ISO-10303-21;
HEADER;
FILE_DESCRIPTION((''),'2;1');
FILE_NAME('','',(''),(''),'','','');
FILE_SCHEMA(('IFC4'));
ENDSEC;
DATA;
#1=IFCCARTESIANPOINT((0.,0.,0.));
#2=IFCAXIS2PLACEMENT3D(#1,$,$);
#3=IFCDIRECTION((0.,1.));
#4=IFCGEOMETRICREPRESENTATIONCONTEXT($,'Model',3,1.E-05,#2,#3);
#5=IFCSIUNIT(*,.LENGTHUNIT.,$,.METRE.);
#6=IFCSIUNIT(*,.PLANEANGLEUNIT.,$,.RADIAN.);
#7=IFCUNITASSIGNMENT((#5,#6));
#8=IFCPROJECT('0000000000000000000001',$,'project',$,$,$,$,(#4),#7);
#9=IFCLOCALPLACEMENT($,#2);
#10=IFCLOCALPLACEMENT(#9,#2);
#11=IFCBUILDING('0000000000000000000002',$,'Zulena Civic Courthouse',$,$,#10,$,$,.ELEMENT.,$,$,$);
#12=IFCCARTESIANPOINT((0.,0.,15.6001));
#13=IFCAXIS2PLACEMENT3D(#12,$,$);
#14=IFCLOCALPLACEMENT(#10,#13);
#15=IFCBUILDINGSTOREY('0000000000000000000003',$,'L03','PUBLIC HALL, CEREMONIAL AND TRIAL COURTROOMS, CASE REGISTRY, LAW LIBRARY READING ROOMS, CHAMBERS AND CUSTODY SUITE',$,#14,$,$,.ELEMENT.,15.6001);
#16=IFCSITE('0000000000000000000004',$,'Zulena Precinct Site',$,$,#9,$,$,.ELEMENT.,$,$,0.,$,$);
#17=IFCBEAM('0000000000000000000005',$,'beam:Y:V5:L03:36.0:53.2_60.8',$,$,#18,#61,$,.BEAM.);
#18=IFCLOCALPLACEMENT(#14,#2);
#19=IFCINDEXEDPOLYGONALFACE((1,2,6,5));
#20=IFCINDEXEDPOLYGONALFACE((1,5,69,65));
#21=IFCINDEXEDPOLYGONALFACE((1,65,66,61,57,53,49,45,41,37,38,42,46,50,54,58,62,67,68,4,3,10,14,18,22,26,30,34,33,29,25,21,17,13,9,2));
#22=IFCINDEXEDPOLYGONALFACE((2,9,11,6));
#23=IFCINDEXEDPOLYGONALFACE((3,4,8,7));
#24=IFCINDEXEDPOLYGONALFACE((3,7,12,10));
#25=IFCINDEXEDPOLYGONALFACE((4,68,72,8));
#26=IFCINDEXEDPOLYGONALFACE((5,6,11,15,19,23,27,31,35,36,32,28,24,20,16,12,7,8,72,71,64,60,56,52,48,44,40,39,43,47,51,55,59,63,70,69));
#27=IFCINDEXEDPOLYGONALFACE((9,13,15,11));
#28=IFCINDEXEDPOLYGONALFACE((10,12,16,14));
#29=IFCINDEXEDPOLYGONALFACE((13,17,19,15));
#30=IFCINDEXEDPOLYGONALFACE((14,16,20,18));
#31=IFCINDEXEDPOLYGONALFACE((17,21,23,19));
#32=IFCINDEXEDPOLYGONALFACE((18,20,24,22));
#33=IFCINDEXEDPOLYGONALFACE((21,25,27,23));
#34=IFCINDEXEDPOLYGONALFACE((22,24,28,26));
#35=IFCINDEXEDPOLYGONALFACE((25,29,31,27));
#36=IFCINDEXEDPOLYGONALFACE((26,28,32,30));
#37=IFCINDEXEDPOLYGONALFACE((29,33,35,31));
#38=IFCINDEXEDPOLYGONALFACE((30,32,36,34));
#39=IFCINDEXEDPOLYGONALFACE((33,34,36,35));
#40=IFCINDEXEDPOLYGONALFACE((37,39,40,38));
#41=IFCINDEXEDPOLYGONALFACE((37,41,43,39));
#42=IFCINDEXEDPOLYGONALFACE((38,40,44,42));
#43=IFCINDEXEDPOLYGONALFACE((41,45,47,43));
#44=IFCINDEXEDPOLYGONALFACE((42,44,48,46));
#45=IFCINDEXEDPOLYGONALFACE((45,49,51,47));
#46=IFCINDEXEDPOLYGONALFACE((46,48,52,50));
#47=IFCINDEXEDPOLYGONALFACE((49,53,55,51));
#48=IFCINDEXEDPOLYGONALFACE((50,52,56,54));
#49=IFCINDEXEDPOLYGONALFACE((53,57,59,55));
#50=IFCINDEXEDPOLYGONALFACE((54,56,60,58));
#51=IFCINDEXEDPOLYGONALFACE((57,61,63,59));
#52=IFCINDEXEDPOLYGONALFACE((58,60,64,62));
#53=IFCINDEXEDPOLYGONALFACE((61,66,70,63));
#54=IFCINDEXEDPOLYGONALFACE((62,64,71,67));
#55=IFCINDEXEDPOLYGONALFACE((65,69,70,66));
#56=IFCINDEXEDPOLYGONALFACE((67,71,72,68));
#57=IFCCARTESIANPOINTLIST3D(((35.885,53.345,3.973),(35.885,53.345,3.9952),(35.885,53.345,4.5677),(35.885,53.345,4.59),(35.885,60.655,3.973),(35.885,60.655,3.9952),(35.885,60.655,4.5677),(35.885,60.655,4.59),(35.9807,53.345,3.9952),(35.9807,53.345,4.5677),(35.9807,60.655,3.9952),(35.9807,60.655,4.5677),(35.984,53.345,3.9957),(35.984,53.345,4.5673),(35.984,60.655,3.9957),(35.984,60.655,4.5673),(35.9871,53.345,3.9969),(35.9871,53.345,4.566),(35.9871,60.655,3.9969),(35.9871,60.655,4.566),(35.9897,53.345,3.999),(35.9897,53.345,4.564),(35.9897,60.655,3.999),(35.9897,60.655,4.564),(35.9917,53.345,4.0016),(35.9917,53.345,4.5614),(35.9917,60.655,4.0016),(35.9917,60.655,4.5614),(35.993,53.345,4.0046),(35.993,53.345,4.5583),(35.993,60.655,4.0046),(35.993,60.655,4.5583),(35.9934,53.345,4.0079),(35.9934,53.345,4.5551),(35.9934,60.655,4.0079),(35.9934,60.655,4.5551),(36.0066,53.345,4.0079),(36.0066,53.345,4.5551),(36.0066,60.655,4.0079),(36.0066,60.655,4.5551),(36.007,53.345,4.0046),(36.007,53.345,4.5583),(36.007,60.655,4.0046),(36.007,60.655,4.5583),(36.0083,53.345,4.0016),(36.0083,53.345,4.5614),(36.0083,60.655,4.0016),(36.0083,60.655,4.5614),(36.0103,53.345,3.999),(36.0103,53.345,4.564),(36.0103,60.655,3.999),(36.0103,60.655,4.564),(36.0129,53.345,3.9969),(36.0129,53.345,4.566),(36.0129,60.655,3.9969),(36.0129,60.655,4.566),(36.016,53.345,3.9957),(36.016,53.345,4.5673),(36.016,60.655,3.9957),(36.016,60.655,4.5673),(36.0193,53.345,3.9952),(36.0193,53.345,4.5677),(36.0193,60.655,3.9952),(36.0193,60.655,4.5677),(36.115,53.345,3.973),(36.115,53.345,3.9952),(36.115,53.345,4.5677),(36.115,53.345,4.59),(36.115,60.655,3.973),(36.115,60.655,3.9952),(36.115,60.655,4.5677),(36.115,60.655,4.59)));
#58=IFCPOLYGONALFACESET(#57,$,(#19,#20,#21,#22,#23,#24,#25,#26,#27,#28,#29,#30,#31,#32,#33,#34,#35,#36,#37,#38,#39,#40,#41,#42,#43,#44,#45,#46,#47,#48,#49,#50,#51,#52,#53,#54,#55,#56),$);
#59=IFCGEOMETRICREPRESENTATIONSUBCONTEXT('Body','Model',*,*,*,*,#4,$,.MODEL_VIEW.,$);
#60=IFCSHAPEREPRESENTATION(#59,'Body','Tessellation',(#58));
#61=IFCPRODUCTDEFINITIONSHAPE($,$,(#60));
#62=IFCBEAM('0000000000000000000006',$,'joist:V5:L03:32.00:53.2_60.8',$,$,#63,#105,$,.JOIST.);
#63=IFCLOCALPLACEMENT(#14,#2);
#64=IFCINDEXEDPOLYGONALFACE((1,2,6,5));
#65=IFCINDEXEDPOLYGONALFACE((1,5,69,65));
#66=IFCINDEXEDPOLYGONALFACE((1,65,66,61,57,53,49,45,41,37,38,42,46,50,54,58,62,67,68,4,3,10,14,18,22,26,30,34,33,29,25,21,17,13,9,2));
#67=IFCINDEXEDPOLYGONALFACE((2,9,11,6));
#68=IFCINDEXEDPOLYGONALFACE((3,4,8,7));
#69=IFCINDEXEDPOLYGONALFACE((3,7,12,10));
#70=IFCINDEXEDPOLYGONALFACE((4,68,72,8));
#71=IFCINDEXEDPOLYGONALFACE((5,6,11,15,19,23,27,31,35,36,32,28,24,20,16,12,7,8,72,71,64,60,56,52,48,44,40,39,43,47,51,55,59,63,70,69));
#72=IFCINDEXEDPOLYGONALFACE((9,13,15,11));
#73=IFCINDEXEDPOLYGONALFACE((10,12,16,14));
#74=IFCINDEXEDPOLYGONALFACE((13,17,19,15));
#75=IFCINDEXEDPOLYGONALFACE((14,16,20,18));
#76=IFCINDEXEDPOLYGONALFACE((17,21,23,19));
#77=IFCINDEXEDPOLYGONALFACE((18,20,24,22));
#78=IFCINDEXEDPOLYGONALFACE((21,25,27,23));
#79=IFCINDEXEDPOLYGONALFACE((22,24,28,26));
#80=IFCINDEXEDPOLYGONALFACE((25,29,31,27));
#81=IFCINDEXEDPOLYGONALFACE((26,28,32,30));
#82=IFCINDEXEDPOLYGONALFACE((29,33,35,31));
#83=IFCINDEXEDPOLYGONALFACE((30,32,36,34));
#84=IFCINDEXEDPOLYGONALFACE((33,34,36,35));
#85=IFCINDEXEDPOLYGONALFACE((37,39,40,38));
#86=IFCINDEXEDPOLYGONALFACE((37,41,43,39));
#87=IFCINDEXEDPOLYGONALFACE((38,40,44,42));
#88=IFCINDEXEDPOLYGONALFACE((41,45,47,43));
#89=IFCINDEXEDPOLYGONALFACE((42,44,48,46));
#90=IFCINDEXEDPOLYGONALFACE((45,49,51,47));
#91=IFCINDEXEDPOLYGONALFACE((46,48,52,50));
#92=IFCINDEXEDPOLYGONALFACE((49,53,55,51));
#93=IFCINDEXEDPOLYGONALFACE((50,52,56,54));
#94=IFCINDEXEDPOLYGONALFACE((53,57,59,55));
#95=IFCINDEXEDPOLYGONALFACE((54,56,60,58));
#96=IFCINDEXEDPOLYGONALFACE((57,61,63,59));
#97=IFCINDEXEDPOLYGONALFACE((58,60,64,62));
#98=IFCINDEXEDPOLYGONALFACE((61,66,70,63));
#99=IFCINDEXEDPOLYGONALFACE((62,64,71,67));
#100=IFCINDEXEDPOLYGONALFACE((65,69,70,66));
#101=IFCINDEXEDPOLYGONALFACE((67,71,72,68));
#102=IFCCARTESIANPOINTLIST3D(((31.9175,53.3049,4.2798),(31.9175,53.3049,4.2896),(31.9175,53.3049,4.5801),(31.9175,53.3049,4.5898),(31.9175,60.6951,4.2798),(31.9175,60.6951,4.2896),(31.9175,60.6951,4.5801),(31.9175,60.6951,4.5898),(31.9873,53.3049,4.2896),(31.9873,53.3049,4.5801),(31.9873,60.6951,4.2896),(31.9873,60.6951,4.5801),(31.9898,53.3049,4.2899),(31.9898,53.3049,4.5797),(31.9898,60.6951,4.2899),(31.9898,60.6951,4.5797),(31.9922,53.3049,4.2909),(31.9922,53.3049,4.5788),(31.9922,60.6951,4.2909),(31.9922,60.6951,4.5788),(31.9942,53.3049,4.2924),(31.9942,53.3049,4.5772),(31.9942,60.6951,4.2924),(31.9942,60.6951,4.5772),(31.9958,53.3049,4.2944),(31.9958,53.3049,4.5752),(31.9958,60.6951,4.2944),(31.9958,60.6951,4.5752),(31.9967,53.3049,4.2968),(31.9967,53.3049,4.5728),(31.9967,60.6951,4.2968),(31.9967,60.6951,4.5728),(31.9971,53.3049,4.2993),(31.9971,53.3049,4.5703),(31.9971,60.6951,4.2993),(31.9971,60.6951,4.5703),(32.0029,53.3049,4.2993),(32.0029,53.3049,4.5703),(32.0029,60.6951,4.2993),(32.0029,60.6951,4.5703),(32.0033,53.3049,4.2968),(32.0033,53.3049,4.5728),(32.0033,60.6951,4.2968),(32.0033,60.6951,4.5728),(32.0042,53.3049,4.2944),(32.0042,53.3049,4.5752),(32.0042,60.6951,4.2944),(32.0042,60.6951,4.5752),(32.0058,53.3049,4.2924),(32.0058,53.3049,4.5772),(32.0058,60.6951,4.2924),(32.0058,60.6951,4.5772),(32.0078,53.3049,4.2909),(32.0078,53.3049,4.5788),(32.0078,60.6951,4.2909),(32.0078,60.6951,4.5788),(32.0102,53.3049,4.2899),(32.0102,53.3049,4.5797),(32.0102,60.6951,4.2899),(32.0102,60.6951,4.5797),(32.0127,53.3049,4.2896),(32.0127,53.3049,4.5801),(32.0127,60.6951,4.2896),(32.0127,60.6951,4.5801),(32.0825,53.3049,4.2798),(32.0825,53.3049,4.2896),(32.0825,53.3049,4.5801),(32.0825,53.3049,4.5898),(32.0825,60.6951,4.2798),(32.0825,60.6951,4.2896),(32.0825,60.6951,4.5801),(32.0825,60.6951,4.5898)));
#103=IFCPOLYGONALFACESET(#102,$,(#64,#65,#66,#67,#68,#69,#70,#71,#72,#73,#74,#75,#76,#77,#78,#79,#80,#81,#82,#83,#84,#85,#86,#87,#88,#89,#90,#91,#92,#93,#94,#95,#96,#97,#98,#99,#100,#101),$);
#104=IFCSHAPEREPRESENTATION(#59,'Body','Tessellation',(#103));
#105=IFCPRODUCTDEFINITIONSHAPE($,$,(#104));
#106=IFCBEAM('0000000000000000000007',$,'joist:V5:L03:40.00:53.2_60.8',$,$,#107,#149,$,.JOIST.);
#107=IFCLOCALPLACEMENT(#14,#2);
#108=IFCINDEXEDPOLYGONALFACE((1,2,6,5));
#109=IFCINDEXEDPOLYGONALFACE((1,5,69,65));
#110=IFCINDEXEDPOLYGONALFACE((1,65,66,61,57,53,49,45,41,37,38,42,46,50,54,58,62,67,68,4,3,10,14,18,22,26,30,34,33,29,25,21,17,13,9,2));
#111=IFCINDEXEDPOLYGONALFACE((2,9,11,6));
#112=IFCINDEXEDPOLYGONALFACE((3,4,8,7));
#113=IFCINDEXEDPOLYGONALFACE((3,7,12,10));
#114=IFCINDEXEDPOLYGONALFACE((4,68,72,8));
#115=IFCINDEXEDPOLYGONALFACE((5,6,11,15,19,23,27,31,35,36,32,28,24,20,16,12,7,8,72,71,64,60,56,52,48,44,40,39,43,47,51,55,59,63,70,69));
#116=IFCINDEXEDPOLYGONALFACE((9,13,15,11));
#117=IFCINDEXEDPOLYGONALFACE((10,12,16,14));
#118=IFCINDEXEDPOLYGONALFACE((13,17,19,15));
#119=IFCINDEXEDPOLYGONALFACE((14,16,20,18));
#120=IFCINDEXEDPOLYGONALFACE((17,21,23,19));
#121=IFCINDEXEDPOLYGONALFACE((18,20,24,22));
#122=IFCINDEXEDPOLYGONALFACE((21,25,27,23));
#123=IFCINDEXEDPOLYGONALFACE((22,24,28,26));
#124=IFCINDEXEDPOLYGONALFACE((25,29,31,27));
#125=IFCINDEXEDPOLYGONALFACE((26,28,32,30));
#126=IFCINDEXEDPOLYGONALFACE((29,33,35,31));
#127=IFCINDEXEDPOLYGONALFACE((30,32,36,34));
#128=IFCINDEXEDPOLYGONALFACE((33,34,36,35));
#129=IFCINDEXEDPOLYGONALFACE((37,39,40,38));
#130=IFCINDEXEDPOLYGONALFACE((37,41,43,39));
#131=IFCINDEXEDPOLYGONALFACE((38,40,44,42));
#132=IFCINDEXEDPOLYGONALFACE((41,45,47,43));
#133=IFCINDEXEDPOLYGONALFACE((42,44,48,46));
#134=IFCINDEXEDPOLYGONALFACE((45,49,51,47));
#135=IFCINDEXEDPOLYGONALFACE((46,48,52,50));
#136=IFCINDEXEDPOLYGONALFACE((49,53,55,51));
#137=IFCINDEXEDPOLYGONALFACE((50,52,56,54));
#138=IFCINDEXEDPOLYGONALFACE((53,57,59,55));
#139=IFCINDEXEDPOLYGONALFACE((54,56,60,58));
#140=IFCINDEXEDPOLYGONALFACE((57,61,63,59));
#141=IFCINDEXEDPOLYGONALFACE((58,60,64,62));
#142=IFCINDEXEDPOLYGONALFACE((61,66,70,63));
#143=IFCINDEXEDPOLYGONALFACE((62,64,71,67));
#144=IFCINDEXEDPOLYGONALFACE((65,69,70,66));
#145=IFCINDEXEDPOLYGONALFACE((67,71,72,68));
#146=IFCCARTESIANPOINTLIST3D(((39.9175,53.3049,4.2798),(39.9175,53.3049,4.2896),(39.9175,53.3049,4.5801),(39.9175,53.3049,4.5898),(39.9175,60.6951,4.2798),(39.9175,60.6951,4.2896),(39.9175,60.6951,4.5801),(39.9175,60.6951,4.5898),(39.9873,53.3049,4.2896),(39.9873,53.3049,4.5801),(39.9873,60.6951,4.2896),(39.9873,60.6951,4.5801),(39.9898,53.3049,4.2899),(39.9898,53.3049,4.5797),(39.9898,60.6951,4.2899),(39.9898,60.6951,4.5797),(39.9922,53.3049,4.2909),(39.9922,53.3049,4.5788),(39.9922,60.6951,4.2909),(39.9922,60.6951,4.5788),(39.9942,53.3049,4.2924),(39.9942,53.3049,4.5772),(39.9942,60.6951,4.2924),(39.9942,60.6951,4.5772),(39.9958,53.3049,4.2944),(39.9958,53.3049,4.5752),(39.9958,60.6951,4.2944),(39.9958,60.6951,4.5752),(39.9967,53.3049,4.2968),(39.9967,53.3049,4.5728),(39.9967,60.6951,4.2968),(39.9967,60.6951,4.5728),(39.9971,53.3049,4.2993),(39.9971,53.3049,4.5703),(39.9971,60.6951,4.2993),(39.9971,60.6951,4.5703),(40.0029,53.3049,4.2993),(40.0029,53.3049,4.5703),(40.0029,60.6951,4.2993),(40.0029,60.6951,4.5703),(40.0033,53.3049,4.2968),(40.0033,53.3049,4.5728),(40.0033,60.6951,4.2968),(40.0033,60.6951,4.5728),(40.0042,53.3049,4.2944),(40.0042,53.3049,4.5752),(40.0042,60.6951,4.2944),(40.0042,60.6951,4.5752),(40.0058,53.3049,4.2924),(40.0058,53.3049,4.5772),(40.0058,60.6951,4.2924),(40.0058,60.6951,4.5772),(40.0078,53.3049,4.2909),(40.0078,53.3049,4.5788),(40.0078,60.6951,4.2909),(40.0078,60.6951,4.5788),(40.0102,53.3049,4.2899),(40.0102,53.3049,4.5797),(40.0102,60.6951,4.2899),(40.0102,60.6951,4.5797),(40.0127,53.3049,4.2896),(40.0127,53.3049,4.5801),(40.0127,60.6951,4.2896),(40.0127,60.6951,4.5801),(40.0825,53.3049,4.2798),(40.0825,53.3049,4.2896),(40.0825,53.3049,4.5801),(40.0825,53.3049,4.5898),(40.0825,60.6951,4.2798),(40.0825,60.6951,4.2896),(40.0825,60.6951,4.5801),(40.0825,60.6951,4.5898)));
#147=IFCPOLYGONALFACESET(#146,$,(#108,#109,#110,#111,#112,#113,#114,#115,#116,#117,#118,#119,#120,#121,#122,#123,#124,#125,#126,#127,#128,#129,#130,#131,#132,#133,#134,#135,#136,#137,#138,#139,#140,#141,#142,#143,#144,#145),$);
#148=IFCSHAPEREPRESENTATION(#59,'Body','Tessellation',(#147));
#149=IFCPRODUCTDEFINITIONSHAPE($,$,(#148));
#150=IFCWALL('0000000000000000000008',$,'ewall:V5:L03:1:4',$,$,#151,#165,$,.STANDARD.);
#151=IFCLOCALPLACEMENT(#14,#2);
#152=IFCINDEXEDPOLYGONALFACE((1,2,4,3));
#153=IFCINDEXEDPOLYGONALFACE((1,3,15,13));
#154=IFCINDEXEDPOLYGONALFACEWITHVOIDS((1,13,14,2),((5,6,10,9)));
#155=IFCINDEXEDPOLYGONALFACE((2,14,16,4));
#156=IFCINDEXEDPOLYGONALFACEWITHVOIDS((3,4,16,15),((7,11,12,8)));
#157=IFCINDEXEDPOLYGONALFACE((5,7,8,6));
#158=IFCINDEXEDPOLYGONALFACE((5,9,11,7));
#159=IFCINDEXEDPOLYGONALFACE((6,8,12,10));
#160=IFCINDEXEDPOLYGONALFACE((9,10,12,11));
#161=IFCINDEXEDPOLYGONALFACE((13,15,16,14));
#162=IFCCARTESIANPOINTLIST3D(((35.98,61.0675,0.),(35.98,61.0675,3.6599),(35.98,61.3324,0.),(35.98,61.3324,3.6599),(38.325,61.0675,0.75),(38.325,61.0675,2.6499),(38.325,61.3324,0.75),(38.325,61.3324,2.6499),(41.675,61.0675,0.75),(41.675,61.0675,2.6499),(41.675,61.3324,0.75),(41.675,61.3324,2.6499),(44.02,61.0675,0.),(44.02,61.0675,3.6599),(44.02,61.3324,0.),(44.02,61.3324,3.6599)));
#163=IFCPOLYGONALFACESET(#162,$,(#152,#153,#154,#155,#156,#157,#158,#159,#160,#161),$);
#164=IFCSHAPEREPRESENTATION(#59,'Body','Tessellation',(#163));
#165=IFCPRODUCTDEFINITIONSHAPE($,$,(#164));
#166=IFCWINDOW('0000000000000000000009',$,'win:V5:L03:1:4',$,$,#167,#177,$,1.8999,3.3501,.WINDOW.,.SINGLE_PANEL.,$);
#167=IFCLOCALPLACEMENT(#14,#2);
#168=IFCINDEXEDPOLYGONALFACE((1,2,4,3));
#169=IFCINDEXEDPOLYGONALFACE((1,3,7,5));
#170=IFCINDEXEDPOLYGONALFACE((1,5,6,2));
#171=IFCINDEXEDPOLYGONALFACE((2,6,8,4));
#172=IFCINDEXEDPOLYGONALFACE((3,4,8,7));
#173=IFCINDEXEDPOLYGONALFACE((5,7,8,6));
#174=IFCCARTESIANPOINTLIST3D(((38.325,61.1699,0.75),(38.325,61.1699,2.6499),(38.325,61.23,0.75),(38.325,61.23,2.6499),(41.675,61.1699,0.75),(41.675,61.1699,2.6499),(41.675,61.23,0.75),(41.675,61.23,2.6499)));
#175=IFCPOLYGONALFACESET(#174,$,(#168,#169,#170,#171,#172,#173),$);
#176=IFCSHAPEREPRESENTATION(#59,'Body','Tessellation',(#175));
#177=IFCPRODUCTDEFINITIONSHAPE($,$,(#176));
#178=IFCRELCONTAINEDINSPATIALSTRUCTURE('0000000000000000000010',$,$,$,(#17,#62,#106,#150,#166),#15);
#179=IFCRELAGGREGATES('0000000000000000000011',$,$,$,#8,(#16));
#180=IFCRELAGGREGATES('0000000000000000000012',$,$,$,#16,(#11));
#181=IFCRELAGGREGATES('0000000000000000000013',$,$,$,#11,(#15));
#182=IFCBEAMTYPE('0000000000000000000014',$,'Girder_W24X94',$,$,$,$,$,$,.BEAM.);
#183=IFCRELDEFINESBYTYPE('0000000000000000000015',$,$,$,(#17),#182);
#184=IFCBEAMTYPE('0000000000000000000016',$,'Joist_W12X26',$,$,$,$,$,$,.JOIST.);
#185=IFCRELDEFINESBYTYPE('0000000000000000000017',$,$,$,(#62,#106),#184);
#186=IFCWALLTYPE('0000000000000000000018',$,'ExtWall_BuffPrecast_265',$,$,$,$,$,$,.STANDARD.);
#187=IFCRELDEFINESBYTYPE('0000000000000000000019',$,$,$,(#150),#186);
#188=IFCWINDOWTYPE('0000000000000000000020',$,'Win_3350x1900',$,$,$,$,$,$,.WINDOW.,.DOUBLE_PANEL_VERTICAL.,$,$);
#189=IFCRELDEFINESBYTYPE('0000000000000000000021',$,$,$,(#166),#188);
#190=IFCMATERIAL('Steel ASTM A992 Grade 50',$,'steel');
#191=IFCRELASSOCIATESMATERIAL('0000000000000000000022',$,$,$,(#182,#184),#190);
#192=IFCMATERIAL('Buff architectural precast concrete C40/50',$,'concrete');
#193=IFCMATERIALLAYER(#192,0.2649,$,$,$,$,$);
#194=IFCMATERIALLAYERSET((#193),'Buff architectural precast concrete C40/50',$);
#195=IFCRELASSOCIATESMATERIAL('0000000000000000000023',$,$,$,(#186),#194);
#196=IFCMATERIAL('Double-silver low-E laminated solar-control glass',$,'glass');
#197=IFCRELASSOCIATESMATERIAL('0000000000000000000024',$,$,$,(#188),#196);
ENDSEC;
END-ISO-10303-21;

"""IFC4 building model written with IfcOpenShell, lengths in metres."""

from ifc_helpers import new_model, si_unit, direction, frame, frame_2d, origin, origin_2d, place, context, subcontext, project, spatial, rectangle, i_section, extrude, material, layer, layer_set, material_profile, profile_set, type_object, element, fill, save


model = new_model("IFC4")

# Units and contexts
model_context = context("Model", 3, precision=1e-05, world=origin(), true_north=direction((0.0, 1.0)))
body_context = subcontext(model_context, "Body", "Model", "MODEL_VIEW")
ifc_project = project(units=[si_unit("LENGTHUNIT", "METRE"), si_unit("PLANEANGLEUNIT", "RADIAN")], contexts=[model_context])

# Site, building, storey
site_placement = place(None, origin())
site = spatial("IfcSite", under=ifc_project, at=site_placement, Name="Zulena Precinct Site", CompositionType="ELEMENT", RefElevation=0.0)
building_placement = place(site_placement, origin())
building = spatial("IfcBuilding", under=site, at=building_placement, Name="Zulena Civic Courthouse", CompositionType="ELEMENT")
storey_placement = place(building_placement, frame((0.0, 0.0, 15.6001)))
storey = spatial("IfcBuildingStorey", under=building, at=storey_placement, Name="L03", Description="PUBLIC HALL, CEREMONIAL AND TRIAL COURTROOMS, CASE REGISTRY, LAW LIBRARY READING ROOMS, CHAMBERS AND CUSTODY SUITE", CompositionType="ELEMENT", Elevation=15.6001)

# Shared definitions
ifc_material_1 = material(Name="Steel ASTM A992 Grade 50", Category="steel")

# Beams
ifc_material_profile_1 = material_profile(ifc_material_1, i_section(OverallWidth=0.23, OverallDepth=0.6169, WebThickness=0.0132, FlangeThickness=0.0222, FilletRadius=0.0127, at=origin_2d()), Name="W24X94")
ifc_profile_set_1 = profile_set([ifc_material_profile_1], Name="Steel ASTM A992 Grade 50")
beam_type_1 = type_object("IfcBeamType", Name="Girder_W24X94", PredefinedType="BEAM", material=ifc_profile_set_1)
beam_placement = place(storey_placement, frame((36.0, 53.345, 4.2815), z_axis=(0.0, 1.0, 0.0), x_axis=(-1.0, 0.0, 0.0)))
element("IfcBeam", 1, at=beam_placement, inside=storey, type_object=beam_type_1, Name="beam:Y:V5:L03:36.0:53.2_60.8", PredefinedType="BEAM", context=body_context, shape_type="SweptSolid", body=[
    extrude(i_section(OverallWidth=0.23, OverallDepth=0.6169, WebThickness=0.0132, FlangeThickness=0.0222, FilletRadius=0.0127, at=origin_2d()), origin(), (0.0, 0.0, 1.0), 7.3101),
])
ifc_material_profile_2 = material_profile(ifc_material_1, i_section(OverallWidth=0.165, OverallDepth=0.3101, WebThickness=0.0059, FlangeThickness=0.0098, FilletRadius=0.0098, at=origin_2d()), Name="W12X26")
ifc_profile_set_2 = profile_set([ifc_material_profile_2], Name="Steel ASTM A992 Grade 50")
beam_type_2 = type_object("IfcBeamType", Name="Joist_W12X26", PredefinedType="JOIST", material=ifc_profile_set_2)
for number, where, z_axis, x_axis, name in (
    (2, (32.0, 53.3049, 4.4348), (0.0, 1.0, 0.0), (-1.0, 0.0, 0.0), "joist:V5:L03:32.00:53.2_60.8"),
    (3, (40.0, 53.3049, 4.4348), (0.0, 1.0, 0.0), (-1.0, 0.0, 0.0), "joist:V5:L03:40.00:53.2_60.8"),
):
    element("IfcBeam", number, at=place(storey_placement, frame(where, z_axis=z_axis, x_axis=x_axis)), inside=storey, type_object=beam_type_2, Name=name, PredefinedType="JOIST", context=body_context, shape_type="SweptSolid", body=[
        extrude(i_section(OverallWidth=0.165, OverallDepth=0.3101, WebThickness=0.0059, FlangeThickness=0.0098, FilletRadius=0.0098, at=origin_2d()), origin(), (0.0, 0.0, 1.0), 7.3901),
    ])

# Wall, opening, window
ifc_material_2 = material(Name="Buff architectural precast concrete C40/50", Category="concrete")
ifc_layer_1 = layer(ifc_material_2, 0.2649)
ifc_layer_set_1 = layer_set([ifc_layer_1], Name="Buff architectural precast concrete C40/50")
wall_type_1 = type_object("IfcWallType", Name="ExtWall_BuffPrecast_265", PredefinedType="STANDARD", material=ifc_layer_set_1)
wall_1_placement = place(storey_placement, frame((35.98, 61.2, 0.0), z_axis=(0.0, 0.0, 1.0), x_axis=(1.0, 0.0, 0.0)))
wall_1 = element("IfcWall", 4, at=wall_1_placement, inside=storey, type_object=wall_type_1, Name="ewall:V5:L03:1:4", PredefinedType="STANDARD", context=body_context, shape_type="SweptSolid", body=[
    extrude(rectangle(XDim=8.04, YDim=0.2649, at=frame_2d((4.02, 0.0))), origin(), (0.0, 0.0, 1.0), 3.6599),
])
opening_1_placement = place(wall_1_placement, frame((2.345, 0.0, 0.75)))
opening_1 = element("IfcOpeningElement", 5, at=opening_1_placement, cuts=wall_1, PredefinedType="OPENING", context=body_context, shape_type="SweptSolid", body=[
    extrude(rectangle(XDim=3.3501, YDim=1.8999, at=frame_2d((1.675, 0.95))), frame((0.0, 0.1423, 0.0), z_axis=(0.0, -1.0, 0.0), x_axis=(1.0, 0.0, 0.0)), (0.0, 0.0, 1.0), 0.2849),
])
ifc_material_3 = material(Name="Double-silver low-E laminated solar-control glass", Category="glass")
window_type_1 = type_object("IfcWindowType", Name="Win_3350x1900", PartitioningType="DOUBLE_PANEL_VERTICAL", PredefinedType="WINDOW", material=ifc_material_3)
window_1_placement = place(opening_1_placement, origin())
window_1 = element("IfcWindow", 6, at=window_1_placement, inside=storey, type_object=window_type_1, Name="win:V5:L03:1:4", OverallHeight=1.8999, OverallWidth=3.3501, PartitioningType="SINGLE_PANEL", PredefinedType="WINDOW", context=body_context, shape_type="SweptSolid", body=[
    extrude(rectangle(XDim=3.3501, YDim=1.8999, at=frame_2d((1.675, 0.95))), frame((0.0, 0.03, 0.0), z_axis=(0.0, -1.0, 0.0), x_axis=(1.0, 0.0, 0.0)), (0.0, 0.0, 1.0), 0.0601),
])
fill(opening_1, window_1)

save(model, "model.ifc")
